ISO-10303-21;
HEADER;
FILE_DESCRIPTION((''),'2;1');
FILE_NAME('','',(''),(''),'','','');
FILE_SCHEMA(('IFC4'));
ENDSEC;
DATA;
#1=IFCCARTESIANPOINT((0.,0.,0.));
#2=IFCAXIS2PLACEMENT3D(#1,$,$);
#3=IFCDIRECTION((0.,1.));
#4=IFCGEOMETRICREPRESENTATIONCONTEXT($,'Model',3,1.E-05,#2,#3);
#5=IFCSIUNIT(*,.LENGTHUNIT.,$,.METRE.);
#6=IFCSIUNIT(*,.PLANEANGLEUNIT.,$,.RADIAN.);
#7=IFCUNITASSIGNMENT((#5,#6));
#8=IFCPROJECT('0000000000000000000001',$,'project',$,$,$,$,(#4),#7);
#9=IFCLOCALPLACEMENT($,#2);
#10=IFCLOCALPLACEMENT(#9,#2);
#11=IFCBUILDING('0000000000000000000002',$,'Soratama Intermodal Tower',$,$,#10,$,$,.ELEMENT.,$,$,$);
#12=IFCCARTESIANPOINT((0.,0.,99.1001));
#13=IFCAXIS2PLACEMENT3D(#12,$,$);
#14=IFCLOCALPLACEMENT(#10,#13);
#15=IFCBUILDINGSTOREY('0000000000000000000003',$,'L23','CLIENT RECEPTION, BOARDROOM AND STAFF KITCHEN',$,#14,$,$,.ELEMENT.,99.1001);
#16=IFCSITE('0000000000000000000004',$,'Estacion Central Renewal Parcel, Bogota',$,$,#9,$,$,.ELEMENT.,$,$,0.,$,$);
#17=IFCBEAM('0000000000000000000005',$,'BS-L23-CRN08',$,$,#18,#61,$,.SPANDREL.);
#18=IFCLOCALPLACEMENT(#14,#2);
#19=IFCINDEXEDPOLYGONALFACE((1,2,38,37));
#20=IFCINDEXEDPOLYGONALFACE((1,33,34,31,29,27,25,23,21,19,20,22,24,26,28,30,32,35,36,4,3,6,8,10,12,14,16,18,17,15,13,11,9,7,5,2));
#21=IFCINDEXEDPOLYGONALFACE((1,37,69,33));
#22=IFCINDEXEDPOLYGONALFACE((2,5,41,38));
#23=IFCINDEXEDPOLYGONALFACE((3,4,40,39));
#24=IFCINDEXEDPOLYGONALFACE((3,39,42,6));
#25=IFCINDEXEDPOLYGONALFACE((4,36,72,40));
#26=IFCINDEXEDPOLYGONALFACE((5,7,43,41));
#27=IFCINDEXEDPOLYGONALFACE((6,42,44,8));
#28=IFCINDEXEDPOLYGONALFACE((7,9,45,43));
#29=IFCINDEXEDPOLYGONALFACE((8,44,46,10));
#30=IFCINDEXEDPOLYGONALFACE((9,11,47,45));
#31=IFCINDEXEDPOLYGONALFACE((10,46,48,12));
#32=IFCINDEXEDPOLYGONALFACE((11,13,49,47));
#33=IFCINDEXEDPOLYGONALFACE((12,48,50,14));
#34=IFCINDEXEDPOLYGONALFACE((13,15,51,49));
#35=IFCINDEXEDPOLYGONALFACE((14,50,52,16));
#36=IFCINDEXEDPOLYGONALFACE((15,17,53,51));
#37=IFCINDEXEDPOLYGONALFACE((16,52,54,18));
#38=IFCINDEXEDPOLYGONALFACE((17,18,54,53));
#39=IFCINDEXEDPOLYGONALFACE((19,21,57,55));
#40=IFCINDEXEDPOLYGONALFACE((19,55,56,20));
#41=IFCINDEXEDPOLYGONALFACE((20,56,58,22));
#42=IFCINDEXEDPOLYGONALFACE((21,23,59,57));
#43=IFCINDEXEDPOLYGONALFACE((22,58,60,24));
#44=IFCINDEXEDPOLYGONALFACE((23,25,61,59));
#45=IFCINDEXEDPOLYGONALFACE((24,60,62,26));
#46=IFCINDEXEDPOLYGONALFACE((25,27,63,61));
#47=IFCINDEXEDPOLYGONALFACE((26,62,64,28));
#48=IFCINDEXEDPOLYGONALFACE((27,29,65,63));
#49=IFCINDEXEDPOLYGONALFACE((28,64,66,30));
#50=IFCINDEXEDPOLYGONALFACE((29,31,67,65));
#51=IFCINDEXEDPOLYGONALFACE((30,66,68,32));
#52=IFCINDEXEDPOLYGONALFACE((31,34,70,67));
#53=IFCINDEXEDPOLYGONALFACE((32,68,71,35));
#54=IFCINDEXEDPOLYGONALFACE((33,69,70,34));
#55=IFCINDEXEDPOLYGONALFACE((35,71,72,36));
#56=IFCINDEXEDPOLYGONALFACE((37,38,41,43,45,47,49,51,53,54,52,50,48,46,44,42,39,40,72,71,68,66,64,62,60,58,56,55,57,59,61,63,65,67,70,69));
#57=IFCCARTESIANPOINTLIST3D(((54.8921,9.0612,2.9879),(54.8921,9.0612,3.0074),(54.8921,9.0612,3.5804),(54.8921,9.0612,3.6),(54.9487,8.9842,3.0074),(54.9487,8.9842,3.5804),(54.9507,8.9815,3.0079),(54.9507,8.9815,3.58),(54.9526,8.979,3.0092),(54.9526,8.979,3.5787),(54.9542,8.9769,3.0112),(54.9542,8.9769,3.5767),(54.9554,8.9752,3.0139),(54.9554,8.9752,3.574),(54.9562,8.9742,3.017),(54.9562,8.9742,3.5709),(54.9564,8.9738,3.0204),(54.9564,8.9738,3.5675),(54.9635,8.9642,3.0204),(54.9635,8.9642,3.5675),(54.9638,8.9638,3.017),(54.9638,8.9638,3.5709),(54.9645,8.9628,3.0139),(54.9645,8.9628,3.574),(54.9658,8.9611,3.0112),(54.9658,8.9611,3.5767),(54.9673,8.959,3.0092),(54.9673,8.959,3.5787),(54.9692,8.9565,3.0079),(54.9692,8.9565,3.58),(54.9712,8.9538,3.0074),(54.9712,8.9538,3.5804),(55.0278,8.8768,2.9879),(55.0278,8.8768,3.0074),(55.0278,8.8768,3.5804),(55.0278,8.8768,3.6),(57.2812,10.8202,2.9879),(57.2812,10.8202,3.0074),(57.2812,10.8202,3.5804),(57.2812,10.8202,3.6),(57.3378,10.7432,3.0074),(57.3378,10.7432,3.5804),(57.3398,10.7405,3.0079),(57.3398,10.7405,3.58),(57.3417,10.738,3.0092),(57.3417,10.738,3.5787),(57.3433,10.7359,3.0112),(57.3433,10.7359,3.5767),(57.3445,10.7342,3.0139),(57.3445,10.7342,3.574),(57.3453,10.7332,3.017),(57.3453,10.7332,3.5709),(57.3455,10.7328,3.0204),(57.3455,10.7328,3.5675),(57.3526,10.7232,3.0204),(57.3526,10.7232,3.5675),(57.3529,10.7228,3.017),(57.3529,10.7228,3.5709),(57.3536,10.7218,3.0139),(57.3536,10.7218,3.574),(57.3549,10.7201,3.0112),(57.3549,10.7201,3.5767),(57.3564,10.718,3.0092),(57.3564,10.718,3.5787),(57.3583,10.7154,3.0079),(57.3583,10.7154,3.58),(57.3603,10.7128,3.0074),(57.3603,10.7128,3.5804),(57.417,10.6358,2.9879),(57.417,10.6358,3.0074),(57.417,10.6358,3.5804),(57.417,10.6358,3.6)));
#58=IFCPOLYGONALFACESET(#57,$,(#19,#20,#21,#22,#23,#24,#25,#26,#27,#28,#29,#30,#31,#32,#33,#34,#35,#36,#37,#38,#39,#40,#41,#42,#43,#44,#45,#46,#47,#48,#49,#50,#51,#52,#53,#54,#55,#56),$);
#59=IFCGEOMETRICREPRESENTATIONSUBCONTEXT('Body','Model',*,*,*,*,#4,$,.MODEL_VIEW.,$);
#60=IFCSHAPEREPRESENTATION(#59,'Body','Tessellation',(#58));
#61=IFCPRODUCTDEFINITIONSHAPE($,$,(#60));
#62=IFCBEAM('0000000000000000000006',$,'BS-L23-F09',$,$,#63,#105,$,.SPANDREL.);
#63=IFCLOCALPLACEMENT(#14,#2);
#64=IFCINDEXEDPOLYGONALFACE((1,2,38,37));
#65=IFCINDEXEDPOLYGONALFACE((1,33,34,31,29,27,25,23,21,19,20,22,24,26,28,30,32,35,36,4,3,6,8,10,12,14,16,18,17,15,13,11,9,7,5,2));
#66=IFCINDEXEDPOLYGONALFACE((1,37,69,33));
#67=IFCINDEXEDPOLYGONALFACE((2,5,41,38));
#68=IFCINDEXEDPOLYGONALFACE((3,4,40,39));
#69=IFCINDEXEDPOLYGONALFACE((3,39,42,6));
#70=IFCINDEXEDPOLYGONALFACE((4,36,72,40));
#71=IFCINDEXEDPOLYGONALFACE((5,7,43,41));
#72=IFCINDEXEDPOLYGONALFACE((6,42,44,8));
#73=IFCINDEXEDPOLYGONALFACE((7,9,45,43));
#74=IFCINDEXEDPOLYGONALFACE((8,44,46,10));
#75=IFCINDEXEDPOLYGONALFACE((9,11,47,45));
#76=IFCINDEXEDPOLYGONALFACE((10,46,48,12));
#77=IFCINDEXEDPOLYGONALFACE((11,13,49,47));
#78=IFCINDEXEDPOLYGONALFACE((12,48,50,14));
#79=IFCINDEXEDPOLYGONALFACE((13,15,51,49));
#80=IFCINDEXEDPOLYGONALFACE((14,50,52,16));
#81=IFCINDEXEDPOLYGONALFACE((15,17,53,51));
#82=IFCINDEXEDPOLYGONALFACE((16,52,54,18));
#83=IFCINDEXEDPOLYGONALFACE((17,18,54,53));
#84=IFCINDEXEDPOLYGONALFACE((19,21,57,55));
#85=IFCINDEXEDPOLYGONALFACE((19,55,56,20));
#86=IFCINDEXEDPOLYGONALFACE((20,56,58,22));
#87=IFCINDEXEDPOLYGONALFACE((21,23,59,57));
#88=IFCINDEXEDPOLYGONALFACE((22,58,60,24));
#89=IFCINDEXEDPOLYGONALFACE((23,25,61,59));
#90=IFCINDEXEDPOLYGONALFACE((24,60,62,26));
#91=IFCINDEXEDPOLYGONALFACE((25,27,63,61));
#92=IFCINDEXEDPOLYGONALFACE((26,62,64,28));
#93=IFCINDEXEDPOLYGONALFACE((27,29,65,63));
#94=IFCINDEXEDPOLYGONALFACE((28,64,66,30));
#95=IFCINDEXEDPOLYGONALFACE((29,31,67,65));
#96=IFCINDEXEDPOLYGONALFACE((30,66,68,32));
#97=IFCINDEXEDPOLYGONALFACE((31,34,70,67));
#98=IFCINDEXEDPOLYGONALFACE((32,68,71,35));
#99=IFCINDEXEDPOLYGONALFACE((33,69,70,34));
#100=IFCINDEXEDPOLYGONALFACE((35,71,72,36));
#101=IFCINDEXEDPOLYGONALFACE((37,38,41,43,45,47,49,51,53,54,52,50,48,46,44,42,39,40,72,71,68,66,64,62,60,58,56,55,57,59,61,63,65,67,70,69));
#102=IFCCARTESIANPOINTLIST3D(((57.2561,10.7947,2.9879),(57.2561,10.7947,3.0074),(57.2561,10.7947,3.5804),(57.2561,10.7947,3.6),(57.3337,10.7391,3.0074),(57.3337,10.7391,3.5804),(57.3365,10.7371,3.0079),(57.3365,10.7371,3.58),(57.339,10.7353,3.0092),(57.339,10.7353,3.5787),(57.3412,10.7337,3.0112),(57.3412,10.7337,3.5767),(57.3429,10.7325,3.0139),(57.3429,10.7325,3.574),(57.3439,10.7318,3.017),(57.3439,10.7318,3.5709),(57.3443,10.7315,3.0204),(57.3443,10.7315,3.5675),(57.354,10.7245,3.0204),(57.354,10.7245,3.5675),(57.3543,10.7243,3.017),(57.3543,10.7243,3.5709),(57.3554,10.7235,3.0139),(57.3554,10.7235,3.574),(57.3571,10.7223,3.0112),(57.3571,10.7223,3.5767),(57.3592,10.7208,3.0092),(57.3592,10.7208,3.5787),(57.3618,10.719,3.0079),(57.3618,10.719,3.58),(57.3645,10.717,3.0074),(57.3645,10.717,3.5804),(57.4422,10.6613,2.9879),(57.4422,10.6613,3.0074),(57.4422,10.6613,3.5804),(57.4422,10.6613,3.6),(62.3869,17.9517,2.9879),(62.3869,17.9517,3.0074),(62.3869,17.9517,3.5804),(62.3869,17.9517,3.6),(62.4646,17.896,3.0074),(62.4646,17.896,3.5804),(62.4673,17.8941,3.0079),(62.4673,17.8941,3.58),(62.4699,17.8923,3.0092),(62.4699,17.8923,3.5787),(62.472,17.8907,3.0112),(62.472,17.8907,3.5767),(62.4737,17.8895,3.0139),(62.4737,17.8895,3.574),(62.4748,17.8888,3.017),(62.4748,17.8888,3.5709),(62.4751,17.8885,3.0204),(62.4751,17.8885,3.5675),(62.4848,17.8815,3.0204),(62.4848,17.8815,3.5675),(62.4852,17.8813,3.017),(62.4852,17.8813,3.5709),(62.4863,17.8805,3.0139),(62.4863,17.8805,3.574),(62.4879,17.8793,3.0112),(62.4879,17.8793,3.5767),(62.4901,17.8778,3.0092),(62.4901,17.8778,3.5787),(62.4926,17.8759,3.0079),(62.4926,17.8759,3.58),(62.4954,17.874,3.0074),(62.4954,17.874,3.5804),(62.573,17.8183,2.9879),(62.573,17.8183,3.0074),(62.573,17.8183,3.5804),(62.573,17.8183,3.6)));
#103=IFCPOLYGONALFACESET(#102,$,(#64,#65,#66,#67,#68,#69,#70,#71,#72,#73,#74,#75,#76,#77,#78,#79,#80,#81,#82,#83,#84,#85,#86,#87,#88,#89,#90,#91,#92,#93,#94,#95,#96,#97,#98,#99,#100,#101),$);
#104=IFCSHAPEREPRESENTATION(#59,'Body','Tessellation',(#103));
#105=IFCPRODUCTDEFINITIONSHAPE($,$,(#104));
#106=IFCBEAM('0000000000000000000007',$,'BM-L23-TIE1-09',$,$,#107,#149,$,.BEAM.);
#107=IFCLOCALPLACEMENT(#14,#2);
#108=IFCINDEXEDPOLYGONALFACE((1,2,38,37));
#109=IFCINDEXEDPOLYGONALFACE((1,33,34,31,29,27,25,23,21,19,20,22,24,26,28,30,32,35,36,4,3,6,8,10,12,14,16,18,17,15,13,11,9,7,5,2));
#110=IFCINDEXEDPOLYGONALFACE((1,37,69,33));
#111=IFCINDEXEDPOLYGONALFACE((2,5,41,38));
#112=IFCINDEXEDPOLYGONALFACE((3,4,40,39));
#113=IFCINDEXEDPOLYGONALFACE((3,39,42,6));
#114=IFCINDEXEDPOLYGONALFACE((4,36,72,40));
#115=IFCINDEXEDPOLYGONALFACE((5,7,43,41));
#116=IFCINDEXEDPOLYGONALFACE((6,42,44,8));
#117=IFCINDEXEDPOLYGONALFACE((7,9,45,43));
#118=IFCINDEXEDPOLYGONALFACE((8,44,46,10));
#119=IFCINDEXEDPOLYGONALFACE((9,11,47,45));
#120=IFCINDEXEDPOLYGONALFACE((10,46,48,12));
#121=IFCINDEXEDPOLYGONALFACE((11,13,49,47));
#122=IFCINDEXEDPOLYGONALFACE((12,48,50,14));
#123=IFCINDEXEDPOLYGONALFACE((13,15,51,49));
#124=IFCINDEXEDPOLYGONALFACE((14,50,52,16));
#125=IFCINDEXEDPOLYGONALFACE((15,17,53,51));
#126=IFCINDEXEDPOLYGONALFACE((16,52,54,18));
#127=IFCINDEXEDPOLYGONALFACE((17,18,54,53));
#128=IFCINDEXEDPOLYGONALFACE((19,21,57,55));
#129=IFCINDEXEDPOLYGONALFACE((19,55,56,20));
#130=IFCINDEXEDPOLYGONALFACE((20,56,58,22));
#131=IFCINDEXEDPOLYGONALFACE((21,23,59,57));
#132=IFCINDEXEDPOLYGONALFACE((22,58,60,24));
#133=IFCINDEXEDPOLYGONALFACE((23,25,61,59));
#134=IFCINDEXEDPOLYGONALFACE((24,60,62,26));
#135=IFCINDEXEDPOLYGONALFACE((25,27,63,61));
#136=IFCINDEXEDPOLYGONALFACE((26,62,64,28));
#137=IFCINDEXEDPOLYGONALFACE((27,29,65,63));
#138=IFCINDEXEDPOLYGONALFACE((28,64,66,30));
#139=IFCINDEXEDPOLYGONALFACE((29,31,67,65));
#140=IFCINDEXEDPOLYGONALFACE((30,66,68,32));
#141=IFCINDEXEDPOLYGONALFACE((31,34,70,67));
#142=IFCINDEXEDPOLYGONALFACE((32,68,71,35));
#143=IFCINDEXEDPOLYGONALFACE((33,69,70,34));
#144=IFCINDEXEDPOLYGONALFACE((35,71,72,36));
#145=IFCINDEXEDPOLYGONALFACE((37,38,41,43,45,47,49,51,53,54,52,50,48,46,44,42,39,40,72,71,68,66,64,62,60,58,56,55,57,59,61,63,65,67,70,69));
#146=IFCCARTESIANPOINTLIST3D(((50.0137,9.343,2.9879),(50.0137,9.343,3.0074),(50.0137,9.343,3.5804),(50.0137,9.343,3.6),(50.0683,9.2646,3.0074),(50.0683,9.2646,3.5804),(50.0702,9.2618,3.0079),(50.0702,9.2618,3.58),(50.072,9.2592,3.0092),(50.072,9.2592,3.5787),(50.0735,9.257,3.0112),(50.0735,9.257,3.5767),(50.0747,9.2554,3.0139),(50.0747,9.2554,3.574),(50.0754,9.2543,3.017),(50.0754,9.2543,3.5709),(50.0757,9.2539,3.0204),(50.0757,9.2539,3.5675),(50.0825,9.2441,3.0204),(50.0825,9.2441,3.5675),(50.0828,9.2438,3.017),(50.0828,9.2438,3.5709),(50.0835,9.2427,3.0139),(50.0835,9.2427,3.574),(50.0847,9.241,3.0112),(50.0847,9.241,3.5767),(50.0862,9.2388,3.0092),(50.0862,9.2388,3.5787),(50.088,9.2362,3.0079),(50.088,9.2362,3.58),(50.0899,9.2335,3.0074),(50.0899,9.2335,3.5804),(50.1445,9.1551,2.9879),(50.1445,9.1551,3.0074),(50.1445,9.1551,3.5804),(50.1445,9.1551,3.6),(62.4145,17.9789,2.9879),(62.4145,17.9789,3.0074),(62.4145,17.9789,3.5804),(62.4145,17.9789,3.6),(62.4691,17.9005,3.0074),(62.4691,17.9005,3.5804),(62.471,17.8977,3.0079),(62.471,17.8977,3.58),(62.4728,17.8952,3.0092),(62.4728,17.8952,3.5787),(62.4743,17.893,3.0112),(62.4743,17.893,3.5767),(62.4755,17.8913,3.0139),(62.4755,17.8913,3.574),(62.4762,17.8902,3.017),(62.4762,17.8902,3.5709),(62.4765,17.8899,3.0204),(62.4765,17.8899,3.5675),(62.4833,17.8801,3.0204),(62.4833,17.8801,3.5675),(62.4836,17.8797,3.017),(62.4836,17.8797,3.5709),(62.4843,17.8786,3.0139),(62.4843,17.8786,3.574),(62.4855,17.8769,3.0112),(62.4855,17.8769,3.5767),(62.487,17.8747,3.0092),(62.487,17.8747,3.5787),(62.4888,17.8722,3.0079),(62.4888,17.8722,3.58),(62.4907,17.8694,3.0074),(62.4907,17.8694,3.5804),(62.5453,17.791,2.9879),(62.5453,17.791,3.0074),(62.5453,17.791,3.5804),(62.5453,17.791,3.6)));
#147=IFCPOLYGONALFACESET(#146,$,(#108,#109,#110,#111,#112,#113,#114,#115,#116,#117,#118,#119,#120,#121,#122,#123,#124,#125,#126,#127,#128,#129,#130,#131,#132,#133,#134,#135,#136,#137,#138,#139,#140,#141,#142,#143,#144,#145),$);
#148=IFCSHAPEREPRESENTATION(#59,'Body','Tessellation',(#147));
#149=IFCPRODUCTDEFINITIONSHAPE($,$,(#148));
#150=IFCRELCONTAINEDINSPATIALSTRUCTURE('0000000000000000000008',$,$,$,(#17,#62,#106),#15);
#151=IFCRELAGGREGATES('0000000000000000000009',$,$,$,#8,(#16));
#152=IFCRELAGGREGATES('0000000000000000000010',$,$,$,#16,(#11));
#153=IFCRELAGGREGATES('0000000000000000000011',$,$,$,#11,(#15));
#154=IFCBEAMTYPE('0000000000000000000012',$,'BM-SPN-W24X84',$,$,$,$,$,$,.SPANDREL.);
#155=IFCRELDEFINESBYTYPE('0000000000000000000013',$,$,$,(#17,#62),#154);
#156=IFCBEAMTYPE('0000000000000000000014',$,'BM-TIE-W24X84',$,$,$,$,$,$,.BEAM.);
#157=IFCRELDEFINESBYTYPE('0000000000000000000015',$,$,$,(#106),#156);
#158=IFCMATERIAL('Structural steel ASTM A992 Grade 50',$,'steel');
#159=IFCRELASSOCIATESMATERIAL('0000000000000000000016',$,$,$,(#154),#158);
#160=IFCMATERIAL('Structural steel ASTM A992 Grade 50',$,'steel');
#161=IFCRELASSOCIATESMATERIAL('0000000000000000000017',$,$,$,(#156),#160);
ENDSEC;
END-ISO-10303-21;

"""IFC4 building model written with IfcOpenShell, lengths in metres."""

from ifc_helpers import new_model, si_unit, direction, frame, origin, origin_2d, place, context, subcontext, project, spatial, i_section, extrude, material, material_profile, profile_set, type_object, element, save


model = new_model("IFC4")

# Units and contexts
model_context = context("Model", 3, precision=1e-05, world=origin(), true_north=direction((0.0, 1.0)))
body_context = subcontext(model_context, "Body", "Model", "MODEL_VIEW")
ifc_project = project(units=[si_unit("LENGTHUNIT", "METRE"), si_unit("PLANEANGLEUNIT", "RADIAN")], contexts=[model_context])

# Site, building, storey
site_placement = place(None, origin())
site = spatial("IfcSite", under=ifc_project, at=site_placement, Name="Estacion Central Renewal Parcel, Bogota", CompositionType="ELEMENT", RefElevation=0.0)
building_placement = place(site_placement, origin())
building = spatial("IfcBuilding", under=site, at=building_placement, Name="Soratama Intermodal Tower", CompositionType="ELEMENT")
storey_placement = place(building_placement, frame((0.0, 0.0, 99.1001)))
storey = spatial("IfcBuildingStorey", under=building, at=storey_placement, Name="L23", Description="CLIENT RECEPTION, BOARDROOM AND STAFF KITCHEN", CompositionType="ELEMENT", Elevation=99.1001)

# Beams
ifc_material_1 = material(Name="Structural steel ASTM A992 Grade 50", Category="steel")
ifc_material_profile_1 = material_profile(ifc_material_1, i_section(OverallWidth=0.229, OverallDepth=0.6121, WebThickness=0.012, FlangeThickness=0.0195, FilletRadius=0.0129, at=origin_2d()), Name="W24X84")
ifc_profile_set_1 = profile_set([ifc_material_profile_1], Name="Structural steel ASTM A992 Grade 50")
beam_type_1 = type_object("IfcBeamType", Name="BM-SPN-W24X84", PredefinedType="SPANDREL", material=ifc_profile_set_1)
beam_1_placement = place(storey_placement, frame((54.96, 8.969, 3.2939), z_axis=(0.805281, 0.592893, 0.0), x_axis=(-0.592893, 0.805281, 0.0)))
element("IfcBeam", 1, at=beam_1_placement, inside=storey, type_object=beam_type_1, Name="BS-L23-CRN08", PredefinedType="SPANDREL", context=body_context, shape_type="SweptSolid", body=[
    extrude(i_section(OverallWidth=0.229, OverallDepth=0.6121, WebThickness=0.012, FlangeThickness=0.0195, FilletRadius=0.0129, at=origin_2d()), origin(), (0.0, 0.0, 1.0), 2.9668),
])
beam_2_placement = place(storey_placement, frame((57.3491, 10.728, 3.2939), z_axis=(0.582646, 0.812726, 0.0), x_axis=(-0.812726, 0.582646, 0.0)))
element("IfcBeam", 2, at=beam_2_placement, inside=storey, type_object=beam_type_1, Name="BS-L23-F09", PredefinedType="SPANDREL", context=body_context, shape_type="SweptSolid", body=[
    extrude(i_section(OverallWidth=0.229, OverallDepth=0.6121, WebThickness=0.012, FlangeThickness=0.0195, FilletRadius=0.0129, at=origin_2d()), origin(), (0.0, 0.0, 1.0), 8.8062),
])
ifc_material_2 = material(Name="Structural steel ASTM A992 Grade 50", Category="steel")
ifc_material_profile_2 = material_profile(ifc_material_2, i_section(OverallWidth=0.229, OverallDepth=0.6121, WebThickness=0.012, FlangeThickness=0.0195, FilletRadius=0.0129, at=origin_2d()), Name="W24X84")
ifc_profile_set_2 = profile_set([ifc_material_profile_2], Name="Structural steel ASTM A992 Grade 50")
beam_type_2 = type_object("IfcBeamType", Name="BM-TIE-W24X84", PredefinedType="BEAM", material=ifc_profile_set_2)
beam_3_placement = place(storey_placement, frame((50.0791, 9.249, 3.2939), z_axis=(0.820617, 0.571479, 0.0), x_axis=(-0.571479, 0.820617, 0.0)))
element("IfcBeam", 3, at=beam_3_placement, inside=storey, type_object=beam_type_2, Name="BM-L23-TIE1-09", PredefinedType="BEAM", context=body_context, shape_type="SweptSolid", body=[
    extrude(i_section(OverallWidth=0.229, OverallDepth=0.6121, WebThickness=0.012, FlangeThickness=0.0195, FilletRadius=0.0129, at=origin_2d()), origin(), (0.0, 0.0, 1.0), 15.1116),
])

save(model, "model.ifc")
